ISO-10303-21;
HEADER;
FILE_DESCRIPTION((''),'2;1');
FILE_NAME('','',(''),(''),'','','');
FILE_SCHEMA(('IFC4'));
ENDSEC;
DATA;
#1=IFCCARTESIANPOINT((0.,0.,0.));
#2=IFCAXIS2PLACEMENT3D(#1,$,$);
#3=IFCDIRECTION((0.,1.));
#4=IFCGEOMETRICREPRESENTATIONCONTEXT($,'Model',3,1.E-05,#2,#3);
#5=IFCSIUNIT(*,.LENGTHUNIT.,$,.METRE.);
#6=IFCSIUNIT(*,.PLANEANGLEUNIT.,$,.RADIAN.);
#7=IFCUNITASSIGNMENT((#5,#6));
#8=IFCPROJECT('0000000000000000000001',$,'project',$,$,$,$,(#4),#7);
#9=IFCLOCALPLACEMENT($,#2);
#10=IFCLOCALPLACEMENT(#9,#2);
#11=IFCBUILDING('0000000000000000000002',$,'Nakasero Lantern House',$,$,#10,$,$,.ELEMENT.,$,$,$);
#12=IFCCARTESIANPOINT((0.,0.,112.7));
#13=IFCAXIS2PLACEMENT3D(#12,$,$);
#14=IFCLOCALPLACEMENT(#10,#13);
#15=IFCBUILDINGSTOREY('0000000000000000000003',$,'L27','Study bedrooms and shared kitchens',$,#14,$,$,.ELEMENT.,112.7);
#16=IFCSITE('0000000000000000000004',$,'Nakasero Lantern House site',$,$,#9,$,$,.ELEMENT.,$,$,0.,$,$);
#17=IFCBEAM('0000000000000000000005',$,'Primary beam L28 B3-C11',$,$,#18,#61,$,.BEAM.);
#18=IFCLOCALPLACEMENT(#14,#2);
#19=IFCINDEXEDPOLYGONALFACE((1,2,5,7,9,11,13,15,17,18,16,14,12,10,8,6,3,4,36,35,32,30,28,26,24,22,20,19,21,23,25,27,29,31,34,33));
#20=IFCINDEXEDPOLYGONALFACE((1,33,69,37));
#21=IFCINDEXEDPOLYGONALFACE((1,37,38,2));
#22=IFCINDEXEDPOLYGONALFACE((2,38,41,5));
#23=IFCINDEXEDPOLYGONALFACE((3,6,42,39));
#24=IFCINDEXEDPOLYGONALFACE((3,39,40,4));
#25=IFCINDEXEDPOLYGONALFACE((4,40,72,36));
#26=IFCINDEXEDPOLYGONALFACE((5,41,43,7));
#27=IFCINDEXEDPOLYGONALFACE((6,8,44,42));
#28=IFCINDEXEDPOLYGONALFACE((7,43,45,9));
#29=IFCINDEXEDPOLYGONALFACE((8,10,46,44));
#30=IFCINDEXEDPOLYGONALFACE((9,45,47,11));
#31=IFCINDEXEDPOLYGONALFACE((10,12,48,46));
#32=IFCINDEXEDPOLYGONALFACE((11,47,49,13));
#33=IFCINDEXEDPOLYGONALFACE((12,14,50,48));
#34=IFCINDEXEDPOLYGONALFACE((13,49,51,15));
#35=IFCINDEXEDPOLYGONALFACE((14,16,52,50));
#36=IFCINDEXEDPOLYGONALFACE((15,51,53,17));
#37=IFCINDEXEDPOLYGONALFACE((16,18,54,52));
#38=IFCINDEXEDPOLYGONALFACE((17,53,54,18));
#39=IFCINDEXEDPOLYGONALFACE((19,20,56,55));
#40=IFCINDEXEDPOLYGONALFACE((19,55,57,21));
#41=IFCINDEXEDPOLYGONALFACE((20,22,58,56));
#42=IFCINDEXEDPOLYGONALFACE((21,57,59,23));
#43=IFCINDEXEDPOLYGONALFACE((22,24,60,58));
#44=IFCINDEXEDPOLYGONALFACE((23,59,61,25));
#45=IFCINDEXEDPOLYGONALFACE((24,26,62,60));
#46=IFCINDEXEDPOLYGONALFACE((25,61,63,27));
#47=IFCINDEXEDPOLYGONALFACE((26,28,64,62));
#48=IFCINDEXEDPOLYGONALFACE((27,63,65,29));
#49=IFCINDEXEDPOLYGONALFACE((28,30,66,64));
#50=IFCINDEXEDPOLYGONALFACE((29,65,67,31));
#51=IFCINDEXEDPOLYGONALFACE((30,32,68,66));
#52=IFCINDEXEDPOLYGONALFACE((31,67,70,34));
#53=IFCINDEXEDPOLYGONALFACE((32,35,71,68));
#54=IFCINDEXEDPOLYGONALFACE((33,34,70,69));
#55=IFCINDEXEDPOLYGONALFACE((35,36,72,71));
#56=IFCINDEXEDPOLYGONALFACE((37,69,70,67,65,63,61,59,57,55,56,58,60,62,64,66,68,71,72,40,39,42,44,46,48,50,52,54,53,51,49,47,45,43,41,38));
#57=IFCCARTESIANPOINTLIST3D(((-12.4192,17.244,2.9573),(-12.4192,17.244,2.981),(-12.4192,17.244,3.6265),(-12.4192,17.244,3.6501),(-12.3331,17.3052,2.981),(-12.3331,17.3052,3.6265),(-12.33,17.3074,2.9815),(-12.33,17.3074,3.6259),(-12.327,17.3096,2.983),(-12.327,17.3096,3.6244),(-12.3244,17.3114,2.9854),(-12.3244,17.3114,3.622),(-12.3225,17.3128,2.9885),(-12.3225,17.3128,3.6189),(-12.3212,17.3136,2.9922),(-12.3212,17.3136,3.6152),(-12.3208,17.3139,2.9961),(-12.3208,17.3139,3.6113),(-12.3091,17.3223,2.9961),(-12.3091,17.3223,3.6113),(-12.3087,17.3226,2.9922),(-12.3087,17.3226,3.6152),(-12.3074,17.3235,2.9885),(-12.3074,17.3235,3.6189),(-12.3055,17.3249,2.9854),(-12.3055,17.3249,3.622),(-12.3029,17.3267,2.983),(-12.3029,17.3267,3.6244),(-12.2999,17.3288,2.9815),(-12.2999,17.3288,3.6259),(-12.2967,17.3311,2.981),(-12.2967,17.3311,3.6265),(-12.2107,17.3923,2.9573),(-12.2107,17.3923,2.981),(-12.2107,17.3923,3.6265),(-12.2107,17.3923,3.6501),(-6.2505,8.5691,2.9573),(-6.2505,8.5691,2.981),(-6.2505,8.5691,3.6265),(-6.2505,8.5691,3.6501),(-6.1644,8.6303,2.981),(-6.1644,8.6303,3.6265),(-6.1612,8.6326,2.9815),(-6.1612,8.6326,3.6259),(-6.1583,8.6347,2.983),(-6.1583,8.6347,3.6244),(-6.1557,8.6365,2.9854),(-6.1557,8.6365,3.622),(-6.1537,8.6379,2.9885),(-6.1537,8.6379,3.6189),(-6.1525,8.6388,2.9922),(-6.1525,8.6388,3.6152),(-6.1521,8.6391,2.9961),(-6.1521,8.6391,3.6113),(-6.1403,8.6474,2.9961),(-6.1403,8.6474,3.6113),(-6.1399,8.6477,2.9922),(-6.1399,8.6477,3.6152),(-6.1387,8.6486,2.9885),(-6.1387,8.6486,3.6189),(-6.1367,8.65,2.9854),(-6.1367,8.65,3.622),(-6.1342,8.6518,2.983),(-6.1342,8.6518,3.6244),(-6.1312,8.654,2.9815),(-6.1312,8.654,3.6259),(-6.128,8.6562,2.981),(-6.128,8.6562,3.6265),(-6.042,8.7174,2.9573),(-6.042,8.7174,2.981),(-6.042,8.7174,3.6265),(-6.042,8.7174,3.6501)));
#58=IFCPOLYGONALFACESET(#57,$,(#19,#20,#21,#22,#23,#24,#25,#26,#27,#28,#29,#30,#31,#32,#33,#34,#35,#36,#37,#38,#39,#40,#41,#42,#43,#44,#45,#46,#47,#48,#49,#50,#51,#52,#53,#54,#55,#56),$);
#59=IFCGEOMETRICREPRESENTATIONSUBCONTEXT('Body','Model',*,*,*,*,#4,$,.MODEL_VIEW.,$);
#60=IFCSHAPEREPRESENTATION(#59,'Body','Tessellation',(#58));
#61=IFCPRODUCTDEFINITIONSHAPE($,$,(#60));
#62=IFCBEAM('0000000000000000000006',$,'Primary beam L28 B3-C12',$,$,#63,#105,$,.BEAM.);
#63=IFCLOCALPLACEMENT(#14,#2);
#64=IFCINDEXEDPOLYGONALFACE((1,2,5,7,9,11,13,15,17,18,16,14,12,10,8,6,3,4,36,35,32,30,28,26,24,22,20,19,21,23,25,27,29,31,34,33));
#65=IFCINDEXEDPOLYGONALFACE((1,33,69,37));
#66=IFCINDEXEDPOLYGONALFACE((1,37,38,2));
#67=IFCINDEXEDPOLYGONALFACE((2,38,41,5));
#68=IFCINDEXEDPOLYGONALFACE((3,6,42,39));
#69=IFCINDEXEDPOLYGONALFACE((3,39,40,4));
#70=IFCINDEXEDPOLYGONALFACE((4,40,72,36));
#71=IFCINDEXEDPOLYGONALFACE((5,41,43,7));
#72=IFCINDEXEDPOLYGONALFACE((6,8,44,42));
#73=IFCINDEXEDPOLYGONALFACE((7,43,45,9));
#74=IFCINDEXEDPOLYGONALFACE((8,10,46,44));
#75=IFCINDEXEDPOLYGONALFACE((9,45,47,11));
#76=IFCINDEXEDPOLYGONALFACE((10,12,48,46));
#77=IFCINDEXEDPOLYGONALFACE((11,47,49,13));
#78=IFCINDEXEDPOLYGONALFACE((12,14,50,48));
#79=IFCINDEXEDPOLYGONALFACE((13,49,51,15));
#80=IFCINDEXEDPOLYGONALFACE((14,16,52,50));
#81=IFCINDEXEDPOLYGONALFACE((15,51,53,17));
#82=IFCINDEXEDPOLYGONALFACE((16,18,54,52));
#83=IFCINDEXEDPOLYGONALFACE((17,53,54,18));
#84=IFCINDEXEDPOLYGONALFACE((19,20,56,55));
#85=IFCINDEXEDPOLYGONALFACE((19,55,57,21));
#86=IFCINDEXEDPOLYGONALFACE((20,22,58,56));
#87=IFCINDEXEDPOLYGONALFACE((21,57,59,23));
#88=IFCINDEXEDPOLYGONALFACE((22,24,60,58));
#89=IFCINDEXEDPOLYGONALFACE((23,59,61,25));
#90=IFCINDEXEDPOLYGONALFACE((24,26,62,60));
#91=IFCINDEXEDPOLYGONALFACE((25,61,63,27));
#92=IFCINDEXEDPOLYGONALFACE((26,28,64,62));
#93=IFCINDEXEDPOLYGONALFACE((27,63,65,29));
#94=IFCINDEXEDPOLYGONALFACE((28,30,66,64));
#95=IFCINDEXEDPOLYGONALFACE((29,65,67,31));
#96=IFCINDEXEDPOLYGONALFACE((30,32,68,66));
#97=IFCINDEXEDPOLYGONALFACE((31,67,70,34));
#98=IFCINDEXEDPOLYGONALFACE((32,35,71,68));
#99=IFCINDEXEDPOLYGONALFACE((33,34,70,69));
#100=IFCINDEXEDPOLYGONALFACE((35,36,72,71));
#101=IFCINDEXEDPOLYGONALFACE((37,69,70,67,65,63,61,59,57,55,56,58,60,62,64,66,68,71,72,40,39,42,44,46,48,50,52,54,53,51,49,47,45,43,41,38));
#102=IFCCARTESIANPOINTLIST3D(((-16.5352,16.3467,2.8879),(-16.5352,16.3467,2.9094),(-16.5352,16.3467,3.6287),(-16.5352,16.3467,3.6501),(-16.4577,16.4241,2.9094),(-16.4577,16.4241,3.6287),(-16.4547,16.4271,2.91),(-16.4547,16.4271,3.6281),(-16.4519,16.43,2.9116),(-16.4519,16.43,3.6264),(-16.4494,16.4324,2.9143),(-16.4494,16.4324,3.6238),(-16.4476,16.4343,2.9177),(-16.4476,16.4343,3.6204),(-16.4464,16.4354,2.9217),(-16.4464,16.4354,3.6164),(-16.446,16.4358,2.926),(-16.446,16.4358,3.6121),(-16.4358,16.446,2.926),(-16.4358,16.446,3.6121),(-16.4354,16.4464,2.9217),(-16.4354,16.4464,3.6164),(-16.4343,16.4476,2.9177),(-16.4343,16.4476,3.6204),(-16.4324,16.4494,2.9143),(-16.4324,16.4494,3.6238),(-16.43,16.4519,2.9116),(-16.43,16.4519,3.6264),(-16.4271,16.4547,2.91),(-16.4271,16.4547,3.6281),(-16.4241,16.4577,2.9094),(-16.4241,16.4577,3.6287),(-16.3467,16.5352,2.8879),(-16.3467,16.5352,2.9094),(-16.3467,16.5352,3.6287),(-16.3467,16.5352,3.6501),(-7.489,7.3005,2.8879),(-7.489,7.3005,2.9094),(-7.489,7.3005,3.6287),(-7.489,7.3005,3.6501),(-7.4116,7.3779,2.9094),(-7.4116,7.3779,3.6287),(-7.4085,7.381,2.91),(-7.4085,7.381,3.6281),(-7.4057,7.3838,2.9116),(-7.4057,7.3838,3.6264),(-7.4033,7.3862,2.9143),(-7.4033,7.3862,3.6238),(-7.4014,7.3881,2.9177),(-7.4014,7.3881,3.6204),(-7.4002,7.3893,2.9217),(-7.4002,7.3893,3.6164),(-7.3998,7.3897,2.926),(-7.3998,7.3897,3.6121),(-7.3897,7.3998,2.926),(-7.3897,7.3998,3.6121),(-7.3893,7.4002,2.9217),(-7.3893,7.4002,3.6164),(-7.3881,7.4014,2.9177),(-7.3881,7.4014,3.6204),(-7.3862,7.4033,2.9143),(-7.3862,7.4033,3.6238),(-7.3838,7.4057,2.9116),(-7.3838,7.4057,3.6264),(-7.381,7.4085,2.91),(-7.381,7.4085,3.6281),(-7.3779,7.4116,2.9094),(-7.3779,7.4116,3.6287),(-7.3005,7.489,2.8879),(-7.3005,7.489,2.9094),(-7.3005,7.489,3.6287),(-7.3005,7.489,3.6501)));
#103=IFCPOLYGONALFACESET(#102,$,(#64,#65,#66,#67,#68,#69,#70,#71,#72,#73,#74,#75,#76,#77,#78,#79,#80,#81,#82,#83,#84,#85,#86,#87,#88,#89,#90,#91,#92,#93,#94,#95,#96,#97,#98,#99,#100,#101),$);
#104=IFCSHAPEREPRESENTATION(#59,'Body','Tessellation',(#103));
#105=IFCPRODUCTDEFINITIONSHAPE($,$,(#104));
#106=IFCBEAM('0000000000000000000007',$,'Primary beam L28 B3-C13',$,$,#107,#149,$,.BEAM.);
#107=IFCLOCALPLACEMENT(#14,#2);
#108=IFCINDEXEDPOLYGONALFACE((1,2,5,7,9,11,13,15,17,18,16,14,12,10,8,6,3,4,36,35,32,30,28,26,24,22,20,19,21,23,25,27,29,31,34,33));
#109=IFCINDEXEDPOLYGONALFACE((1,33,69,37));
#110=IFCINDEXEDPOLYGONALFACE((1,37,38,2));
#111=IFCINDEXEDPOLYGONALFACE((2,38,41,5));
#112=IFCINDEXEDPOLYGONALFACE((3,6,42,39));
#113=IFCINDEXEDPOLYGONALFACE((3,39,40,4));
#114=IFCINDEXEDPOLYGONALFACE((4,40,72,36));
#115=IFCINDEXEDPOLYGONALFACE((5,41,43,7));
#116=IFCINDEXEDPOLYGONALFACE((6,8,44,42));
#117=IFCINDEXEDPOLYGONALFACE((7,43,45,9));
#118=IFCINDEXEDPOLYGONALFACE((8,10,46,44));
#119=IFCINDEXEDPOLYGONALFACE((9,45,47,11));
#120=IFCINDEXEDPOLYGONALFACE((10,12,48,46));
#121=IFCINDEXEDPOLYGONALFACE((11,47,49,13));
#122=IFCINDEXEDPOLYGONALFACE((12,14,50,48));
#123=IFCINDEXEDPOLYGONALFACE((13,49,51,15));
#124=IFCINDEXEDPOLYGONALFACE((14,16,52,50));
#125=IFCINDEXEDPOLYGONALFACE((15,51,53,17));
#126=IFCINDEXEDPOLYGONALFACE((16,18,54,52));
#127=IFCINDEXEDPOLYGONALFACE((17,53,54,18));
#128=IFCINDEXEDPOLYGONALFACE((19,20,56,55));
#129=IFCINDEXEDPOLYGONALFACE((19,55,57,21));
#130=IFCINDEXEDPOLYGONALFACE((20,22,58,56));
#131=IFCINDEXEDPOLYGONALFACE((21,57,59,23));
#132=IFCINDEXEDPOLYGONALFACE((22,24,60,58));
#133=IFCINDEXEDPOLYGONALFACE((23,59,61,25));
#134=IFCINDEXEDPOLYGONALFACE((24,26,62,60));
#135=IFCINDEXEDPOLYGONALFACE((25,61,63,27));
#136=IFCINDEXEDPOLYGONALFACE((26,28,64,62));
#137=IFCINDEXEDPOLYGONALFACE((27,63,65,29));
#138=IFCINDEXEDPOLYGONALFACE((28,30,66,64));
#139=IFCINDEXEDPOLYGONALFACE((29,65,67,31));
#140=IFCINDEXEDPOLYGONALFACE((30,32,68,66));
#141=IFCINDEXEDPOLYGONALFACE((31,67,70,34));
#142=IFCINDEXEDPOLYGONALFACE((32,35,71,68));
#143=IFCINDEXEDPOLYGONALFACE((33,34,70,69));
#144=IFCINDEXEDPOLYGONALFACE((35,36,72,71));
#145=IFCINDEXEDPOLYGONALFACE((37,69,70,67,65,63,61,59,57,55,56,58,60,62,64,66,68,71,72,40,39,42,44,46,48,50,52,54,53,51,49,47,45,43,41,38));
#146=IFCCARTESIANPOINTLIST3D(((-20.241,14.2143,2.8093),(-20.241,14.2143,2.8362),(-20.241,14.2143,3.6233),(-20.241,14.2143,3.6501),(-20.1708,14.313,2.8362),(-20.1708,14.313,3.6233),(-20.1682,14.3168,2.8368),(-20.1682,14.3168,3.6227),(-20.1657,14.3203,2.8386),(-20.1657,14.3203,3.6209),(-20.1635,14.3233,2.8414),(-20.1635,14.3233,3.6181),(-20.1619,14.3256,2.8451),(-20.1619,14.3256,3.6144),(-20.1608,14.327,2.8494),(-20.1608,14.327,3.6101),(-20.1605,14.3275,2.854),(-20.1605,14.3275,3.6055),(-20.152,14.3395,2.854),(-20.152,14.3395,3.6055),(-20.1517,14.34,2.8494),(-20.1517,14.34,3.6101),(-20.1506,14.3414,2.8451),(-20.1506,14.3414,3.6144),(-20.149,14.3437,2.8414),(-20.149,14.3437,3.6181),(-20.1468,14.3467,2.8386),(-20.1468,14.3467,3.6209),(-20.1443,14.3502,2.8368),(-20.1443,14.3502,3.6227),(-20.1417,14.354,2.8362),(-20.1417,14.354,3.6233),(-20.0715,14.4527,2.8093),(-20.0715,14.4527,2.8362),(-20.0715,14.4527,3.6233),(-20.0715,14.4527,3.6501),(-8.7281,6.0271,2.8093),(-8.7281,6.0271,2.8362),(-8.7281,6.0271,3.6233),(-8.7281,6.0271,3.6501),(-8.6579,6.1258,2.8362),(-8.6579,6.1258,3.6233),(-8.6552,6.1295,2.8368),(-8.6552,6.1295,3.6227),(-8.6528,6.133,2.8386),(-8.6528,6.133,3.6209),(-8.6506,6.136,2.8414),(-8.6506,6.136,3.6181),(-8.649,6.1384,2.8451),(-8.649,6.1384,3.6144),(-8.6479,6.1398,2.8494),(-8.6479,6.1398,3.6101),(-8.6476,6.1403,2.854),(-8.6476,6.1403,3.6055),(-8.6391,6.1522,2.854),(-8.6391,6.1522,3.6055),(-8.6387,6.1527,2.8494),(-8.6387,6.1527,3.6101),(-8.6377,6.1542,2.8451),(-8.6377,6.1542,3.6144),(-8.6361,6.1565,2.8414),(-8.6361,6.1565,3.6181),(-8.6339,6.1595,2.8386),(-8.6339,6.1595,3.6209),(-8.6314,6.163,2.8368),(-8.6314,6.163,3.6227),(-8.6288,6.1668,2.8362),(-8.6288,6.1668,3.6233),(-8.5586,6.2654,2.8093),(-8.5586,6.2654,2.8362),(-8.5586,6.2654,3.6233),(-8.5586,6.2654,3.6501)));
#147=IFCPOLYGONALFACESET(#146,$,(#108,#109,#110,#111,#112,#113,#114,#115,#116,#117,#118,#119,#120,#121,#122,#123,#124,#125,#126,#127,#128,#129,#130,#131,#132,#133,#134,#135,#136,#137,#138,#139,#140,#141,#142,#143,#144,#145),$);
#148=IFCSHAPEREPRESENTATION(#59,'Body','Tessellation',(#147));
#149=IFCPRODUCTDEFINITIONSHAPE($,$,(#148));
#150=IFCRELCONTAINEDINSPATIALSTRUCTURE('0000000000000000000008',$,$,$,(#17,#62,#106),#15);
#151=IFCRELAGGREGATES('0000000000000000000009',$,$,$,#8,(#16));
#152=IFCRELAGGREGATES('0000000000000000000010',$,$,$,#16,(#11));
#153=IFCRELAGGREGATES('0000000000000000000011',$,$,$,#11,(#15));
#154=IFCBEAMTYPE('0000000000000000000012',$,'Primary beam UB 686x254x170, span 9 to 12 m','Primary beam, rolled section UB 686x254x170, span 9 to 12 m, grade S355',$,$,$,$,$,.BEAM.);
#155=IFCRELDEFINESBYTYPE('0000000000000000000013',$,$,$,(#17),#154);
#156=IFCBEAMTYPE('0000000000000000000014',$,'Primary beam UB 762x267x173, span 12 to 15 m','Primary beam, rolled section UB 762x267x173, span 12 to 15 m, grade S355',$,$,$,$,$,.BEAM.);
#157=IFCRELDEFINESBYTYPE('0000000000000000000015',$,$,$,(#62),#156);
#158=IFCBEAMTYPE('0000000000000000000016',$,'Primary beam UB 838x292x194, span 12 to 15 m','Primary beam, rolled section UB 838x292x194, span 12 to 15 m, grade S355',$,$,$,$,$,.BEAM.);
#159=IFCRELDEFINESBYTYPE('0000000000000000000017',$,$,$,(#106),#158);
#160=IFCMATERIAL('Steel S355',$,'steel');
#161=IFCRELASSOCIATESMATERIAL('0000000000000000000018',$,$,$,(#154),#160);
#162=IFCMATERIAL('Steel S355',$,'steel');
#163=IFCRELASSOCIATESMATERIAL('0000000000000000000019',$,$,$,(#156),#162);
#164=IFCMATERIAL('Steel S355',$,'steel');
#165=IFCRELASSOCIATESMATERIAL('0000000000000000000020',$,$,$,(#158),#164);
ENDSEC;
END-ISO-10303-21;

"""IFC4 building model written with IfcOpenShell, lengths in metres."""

from ifc_helpers import new_model, si_unit, direction, frame, origin, origin_2d, place, context, subcontext, project, spatial, i_section, extrude, material, material_profile, profile_set, type_object, element, save


model = new_model("IFC4")

# Units and contexts
model_context = context("Model", 3, precision=1e-05, world=origin(), true_north=direction((0.0, 1.0)))
body_context = subcontext(model_context, "Body", "Model", "MODEL_VIEW")
ifc_project = project(units=[si_unit("LENGTHUNIT", "METRE"), si_unit("PLANEANGLEUNIT", "RADIAN")], contexts=[model_context])

# Site, building, storey
site_placement = place(None, origin())
site = spatial("IfcSite", under=ifc_project, at=site_placement, Name="Nakasero Lantern House site", CompositionType="ELEMENT", RefElevation=0.0)
building_placement = place(site_placement, origin())
building = spatial("IfcBuilding", under=site, at=building_placement, Name="Nakasero Lantern House", CompositionType="ELEMENT")
storey_placement = place(building_placement, frame((0.0, 0.0, 112.7)))
storey = spatial("IfcBuildingStorey", under=building, at=storey_placement, Name="L27", Description="Study bedrooms and shared kitchens", CompositionType="ELEMENT", Elevation=112.7)

# Beams
ifc_material_1 = material(Name="Steel S355", Category="steel")
ifc_material_profile_1 = material_profile(ifc_material_1, i_section(OverallWidth=0.2559, OverallDepth=0.6929, WebThickness=0.0144, FlangeThickness=0.0237, FilletRadius=0.0151, at=origin_2d()), Name="UB 686x254x170")
ifc_profile_set_1 = profile_set([ifc_material_profile_1], Name="Steel S355")
beam_type_1 = type_object("IfcBeamType", Name="Primary beam UB 686x254x170, span 9 to 12 m", Description="Primary beam, rolled section UB 686x254x170, span 9 to 12 m, grade S355", PredefinedType="BEAM", material=ifc_profile_set_1)
beam_1_placement = place(storey_placement, frame((-12.3149, 17.3181, 3.3037), z_axis=(0.579521, -0.814957, 0.0), x_axis=(0.814957, 0.579521, 0.0)))
element("IfcBeam", 1, at=beam_1_placement, inside=storey, type_object=beam_type_1, Name="Primary beam L28 B3-C11", PredefinedType="BEAM", context=body_context, shape_type="SweptSolid", body=[
    extrude(i_section(OverallWidth=0.2559, OverallDepth=0.6929, WebThickness=0.0144, FlangeThickness=0.0237, FilletRadius=0.0151, at=origin_2d()), origin(), (0.0, 0.0, 1.0), 10.6445),
])
ifc_material_2 = material(Name="Steel S355", Category="steel")
ifc_material_profile_2 = material_profile(ifc_material_2, i_section(OverallWidth=0.2666, OverallDepth=0.7622, WebThickness=0.0144, FlangeThickness=0.0215, FilletRadius=0.0166, at=origin_2d()), Name="UB 762x267x173")
ifc_profile_set_2 = profile_set([ifc_material_profile_2], Name="Steel S355")
beam_type_2 = type_object("IfcBeamType", Name="Primary beam UB 762x267x173, span 12 to 15 m", Description="Primary beam, rolled section UB 762x267x173, span 12 to 15 m, grade S355", PredefinedType="BEAM", material=ifc_profile_set_2)
beam_2_placement = place(storey_placement, frame((-16.4409, 16.4409, 3.269), z_axis=(0.707107, -0.707107, 0.0), x_axis=(0.707107, 0.707107, 0.0)))
element("IfcBeam", 2, at=beam_2_placement, inside=storey, type_object=beam_type_2, Name="Primary beam L28 B3-C12", PredefinedType="BEAM", context=body_context, shape_type="SweptSolid", body=[
    extrude(i_section(OverallWidth=0.2666, OverallDepth=0.7622, WebThickness=0.0144, FlangeThickness=0.0215, FilletRadius=0.0166, at=origin_2d()), origin(), (0.0, 0.0, 1.0), 12.7932),
])
ifc_material_3 = material(Name="Steel S355", Category="steel")
ifc_material_profile_3 = material_profile(ifc_material_3, i_section(OverallWidth=0.2925, OverallDepth=0.8408, WebThickness=0.0146, FlangeThickness=0.0269, FilletRadius=0.0178, at=origin_2d()), Name="UB 838x292x194")
ifc_profile_set_3 = profile_set([ifc_material_profile_3], Name="Steel S355")
beam_type_3 = type_object("IfcBeamType", Name="Primary beam UB 838x292x194, span 12 to 15 m", Description="Primary beam, rolled section UB 838x292x194, span 12 to 15 m, grade S355", PredefinedType="BEAM", material=ifc_profile_set_3)
beam_3_placement = place(storey_placement, frame((-20.1562, 14.3335, 3.2297), z_axis=(0.814946, -0.579537, 0.0), x_axis=(0.579537, 0.814946, 0.0)))
element("IfcBeam", 3, at=beam_3_placement, inside=storey, type_object=beam_type_3, Name="Primary beam L28 B3-C13", PredefinedType="BEAM", context=body_context, shape_type="SweptSolid", body=[
    extrude(i_section(OverallWidth=0.2925, OverallDepth=0.8408, WebThickness=0.0146, FlangeThickness=0.0269, FilletRadius=0.0178, at=origin_2d()), origin(), (0.0, 0.0, 1.0), 14.1272),
])

save(model, "model.ifc")
